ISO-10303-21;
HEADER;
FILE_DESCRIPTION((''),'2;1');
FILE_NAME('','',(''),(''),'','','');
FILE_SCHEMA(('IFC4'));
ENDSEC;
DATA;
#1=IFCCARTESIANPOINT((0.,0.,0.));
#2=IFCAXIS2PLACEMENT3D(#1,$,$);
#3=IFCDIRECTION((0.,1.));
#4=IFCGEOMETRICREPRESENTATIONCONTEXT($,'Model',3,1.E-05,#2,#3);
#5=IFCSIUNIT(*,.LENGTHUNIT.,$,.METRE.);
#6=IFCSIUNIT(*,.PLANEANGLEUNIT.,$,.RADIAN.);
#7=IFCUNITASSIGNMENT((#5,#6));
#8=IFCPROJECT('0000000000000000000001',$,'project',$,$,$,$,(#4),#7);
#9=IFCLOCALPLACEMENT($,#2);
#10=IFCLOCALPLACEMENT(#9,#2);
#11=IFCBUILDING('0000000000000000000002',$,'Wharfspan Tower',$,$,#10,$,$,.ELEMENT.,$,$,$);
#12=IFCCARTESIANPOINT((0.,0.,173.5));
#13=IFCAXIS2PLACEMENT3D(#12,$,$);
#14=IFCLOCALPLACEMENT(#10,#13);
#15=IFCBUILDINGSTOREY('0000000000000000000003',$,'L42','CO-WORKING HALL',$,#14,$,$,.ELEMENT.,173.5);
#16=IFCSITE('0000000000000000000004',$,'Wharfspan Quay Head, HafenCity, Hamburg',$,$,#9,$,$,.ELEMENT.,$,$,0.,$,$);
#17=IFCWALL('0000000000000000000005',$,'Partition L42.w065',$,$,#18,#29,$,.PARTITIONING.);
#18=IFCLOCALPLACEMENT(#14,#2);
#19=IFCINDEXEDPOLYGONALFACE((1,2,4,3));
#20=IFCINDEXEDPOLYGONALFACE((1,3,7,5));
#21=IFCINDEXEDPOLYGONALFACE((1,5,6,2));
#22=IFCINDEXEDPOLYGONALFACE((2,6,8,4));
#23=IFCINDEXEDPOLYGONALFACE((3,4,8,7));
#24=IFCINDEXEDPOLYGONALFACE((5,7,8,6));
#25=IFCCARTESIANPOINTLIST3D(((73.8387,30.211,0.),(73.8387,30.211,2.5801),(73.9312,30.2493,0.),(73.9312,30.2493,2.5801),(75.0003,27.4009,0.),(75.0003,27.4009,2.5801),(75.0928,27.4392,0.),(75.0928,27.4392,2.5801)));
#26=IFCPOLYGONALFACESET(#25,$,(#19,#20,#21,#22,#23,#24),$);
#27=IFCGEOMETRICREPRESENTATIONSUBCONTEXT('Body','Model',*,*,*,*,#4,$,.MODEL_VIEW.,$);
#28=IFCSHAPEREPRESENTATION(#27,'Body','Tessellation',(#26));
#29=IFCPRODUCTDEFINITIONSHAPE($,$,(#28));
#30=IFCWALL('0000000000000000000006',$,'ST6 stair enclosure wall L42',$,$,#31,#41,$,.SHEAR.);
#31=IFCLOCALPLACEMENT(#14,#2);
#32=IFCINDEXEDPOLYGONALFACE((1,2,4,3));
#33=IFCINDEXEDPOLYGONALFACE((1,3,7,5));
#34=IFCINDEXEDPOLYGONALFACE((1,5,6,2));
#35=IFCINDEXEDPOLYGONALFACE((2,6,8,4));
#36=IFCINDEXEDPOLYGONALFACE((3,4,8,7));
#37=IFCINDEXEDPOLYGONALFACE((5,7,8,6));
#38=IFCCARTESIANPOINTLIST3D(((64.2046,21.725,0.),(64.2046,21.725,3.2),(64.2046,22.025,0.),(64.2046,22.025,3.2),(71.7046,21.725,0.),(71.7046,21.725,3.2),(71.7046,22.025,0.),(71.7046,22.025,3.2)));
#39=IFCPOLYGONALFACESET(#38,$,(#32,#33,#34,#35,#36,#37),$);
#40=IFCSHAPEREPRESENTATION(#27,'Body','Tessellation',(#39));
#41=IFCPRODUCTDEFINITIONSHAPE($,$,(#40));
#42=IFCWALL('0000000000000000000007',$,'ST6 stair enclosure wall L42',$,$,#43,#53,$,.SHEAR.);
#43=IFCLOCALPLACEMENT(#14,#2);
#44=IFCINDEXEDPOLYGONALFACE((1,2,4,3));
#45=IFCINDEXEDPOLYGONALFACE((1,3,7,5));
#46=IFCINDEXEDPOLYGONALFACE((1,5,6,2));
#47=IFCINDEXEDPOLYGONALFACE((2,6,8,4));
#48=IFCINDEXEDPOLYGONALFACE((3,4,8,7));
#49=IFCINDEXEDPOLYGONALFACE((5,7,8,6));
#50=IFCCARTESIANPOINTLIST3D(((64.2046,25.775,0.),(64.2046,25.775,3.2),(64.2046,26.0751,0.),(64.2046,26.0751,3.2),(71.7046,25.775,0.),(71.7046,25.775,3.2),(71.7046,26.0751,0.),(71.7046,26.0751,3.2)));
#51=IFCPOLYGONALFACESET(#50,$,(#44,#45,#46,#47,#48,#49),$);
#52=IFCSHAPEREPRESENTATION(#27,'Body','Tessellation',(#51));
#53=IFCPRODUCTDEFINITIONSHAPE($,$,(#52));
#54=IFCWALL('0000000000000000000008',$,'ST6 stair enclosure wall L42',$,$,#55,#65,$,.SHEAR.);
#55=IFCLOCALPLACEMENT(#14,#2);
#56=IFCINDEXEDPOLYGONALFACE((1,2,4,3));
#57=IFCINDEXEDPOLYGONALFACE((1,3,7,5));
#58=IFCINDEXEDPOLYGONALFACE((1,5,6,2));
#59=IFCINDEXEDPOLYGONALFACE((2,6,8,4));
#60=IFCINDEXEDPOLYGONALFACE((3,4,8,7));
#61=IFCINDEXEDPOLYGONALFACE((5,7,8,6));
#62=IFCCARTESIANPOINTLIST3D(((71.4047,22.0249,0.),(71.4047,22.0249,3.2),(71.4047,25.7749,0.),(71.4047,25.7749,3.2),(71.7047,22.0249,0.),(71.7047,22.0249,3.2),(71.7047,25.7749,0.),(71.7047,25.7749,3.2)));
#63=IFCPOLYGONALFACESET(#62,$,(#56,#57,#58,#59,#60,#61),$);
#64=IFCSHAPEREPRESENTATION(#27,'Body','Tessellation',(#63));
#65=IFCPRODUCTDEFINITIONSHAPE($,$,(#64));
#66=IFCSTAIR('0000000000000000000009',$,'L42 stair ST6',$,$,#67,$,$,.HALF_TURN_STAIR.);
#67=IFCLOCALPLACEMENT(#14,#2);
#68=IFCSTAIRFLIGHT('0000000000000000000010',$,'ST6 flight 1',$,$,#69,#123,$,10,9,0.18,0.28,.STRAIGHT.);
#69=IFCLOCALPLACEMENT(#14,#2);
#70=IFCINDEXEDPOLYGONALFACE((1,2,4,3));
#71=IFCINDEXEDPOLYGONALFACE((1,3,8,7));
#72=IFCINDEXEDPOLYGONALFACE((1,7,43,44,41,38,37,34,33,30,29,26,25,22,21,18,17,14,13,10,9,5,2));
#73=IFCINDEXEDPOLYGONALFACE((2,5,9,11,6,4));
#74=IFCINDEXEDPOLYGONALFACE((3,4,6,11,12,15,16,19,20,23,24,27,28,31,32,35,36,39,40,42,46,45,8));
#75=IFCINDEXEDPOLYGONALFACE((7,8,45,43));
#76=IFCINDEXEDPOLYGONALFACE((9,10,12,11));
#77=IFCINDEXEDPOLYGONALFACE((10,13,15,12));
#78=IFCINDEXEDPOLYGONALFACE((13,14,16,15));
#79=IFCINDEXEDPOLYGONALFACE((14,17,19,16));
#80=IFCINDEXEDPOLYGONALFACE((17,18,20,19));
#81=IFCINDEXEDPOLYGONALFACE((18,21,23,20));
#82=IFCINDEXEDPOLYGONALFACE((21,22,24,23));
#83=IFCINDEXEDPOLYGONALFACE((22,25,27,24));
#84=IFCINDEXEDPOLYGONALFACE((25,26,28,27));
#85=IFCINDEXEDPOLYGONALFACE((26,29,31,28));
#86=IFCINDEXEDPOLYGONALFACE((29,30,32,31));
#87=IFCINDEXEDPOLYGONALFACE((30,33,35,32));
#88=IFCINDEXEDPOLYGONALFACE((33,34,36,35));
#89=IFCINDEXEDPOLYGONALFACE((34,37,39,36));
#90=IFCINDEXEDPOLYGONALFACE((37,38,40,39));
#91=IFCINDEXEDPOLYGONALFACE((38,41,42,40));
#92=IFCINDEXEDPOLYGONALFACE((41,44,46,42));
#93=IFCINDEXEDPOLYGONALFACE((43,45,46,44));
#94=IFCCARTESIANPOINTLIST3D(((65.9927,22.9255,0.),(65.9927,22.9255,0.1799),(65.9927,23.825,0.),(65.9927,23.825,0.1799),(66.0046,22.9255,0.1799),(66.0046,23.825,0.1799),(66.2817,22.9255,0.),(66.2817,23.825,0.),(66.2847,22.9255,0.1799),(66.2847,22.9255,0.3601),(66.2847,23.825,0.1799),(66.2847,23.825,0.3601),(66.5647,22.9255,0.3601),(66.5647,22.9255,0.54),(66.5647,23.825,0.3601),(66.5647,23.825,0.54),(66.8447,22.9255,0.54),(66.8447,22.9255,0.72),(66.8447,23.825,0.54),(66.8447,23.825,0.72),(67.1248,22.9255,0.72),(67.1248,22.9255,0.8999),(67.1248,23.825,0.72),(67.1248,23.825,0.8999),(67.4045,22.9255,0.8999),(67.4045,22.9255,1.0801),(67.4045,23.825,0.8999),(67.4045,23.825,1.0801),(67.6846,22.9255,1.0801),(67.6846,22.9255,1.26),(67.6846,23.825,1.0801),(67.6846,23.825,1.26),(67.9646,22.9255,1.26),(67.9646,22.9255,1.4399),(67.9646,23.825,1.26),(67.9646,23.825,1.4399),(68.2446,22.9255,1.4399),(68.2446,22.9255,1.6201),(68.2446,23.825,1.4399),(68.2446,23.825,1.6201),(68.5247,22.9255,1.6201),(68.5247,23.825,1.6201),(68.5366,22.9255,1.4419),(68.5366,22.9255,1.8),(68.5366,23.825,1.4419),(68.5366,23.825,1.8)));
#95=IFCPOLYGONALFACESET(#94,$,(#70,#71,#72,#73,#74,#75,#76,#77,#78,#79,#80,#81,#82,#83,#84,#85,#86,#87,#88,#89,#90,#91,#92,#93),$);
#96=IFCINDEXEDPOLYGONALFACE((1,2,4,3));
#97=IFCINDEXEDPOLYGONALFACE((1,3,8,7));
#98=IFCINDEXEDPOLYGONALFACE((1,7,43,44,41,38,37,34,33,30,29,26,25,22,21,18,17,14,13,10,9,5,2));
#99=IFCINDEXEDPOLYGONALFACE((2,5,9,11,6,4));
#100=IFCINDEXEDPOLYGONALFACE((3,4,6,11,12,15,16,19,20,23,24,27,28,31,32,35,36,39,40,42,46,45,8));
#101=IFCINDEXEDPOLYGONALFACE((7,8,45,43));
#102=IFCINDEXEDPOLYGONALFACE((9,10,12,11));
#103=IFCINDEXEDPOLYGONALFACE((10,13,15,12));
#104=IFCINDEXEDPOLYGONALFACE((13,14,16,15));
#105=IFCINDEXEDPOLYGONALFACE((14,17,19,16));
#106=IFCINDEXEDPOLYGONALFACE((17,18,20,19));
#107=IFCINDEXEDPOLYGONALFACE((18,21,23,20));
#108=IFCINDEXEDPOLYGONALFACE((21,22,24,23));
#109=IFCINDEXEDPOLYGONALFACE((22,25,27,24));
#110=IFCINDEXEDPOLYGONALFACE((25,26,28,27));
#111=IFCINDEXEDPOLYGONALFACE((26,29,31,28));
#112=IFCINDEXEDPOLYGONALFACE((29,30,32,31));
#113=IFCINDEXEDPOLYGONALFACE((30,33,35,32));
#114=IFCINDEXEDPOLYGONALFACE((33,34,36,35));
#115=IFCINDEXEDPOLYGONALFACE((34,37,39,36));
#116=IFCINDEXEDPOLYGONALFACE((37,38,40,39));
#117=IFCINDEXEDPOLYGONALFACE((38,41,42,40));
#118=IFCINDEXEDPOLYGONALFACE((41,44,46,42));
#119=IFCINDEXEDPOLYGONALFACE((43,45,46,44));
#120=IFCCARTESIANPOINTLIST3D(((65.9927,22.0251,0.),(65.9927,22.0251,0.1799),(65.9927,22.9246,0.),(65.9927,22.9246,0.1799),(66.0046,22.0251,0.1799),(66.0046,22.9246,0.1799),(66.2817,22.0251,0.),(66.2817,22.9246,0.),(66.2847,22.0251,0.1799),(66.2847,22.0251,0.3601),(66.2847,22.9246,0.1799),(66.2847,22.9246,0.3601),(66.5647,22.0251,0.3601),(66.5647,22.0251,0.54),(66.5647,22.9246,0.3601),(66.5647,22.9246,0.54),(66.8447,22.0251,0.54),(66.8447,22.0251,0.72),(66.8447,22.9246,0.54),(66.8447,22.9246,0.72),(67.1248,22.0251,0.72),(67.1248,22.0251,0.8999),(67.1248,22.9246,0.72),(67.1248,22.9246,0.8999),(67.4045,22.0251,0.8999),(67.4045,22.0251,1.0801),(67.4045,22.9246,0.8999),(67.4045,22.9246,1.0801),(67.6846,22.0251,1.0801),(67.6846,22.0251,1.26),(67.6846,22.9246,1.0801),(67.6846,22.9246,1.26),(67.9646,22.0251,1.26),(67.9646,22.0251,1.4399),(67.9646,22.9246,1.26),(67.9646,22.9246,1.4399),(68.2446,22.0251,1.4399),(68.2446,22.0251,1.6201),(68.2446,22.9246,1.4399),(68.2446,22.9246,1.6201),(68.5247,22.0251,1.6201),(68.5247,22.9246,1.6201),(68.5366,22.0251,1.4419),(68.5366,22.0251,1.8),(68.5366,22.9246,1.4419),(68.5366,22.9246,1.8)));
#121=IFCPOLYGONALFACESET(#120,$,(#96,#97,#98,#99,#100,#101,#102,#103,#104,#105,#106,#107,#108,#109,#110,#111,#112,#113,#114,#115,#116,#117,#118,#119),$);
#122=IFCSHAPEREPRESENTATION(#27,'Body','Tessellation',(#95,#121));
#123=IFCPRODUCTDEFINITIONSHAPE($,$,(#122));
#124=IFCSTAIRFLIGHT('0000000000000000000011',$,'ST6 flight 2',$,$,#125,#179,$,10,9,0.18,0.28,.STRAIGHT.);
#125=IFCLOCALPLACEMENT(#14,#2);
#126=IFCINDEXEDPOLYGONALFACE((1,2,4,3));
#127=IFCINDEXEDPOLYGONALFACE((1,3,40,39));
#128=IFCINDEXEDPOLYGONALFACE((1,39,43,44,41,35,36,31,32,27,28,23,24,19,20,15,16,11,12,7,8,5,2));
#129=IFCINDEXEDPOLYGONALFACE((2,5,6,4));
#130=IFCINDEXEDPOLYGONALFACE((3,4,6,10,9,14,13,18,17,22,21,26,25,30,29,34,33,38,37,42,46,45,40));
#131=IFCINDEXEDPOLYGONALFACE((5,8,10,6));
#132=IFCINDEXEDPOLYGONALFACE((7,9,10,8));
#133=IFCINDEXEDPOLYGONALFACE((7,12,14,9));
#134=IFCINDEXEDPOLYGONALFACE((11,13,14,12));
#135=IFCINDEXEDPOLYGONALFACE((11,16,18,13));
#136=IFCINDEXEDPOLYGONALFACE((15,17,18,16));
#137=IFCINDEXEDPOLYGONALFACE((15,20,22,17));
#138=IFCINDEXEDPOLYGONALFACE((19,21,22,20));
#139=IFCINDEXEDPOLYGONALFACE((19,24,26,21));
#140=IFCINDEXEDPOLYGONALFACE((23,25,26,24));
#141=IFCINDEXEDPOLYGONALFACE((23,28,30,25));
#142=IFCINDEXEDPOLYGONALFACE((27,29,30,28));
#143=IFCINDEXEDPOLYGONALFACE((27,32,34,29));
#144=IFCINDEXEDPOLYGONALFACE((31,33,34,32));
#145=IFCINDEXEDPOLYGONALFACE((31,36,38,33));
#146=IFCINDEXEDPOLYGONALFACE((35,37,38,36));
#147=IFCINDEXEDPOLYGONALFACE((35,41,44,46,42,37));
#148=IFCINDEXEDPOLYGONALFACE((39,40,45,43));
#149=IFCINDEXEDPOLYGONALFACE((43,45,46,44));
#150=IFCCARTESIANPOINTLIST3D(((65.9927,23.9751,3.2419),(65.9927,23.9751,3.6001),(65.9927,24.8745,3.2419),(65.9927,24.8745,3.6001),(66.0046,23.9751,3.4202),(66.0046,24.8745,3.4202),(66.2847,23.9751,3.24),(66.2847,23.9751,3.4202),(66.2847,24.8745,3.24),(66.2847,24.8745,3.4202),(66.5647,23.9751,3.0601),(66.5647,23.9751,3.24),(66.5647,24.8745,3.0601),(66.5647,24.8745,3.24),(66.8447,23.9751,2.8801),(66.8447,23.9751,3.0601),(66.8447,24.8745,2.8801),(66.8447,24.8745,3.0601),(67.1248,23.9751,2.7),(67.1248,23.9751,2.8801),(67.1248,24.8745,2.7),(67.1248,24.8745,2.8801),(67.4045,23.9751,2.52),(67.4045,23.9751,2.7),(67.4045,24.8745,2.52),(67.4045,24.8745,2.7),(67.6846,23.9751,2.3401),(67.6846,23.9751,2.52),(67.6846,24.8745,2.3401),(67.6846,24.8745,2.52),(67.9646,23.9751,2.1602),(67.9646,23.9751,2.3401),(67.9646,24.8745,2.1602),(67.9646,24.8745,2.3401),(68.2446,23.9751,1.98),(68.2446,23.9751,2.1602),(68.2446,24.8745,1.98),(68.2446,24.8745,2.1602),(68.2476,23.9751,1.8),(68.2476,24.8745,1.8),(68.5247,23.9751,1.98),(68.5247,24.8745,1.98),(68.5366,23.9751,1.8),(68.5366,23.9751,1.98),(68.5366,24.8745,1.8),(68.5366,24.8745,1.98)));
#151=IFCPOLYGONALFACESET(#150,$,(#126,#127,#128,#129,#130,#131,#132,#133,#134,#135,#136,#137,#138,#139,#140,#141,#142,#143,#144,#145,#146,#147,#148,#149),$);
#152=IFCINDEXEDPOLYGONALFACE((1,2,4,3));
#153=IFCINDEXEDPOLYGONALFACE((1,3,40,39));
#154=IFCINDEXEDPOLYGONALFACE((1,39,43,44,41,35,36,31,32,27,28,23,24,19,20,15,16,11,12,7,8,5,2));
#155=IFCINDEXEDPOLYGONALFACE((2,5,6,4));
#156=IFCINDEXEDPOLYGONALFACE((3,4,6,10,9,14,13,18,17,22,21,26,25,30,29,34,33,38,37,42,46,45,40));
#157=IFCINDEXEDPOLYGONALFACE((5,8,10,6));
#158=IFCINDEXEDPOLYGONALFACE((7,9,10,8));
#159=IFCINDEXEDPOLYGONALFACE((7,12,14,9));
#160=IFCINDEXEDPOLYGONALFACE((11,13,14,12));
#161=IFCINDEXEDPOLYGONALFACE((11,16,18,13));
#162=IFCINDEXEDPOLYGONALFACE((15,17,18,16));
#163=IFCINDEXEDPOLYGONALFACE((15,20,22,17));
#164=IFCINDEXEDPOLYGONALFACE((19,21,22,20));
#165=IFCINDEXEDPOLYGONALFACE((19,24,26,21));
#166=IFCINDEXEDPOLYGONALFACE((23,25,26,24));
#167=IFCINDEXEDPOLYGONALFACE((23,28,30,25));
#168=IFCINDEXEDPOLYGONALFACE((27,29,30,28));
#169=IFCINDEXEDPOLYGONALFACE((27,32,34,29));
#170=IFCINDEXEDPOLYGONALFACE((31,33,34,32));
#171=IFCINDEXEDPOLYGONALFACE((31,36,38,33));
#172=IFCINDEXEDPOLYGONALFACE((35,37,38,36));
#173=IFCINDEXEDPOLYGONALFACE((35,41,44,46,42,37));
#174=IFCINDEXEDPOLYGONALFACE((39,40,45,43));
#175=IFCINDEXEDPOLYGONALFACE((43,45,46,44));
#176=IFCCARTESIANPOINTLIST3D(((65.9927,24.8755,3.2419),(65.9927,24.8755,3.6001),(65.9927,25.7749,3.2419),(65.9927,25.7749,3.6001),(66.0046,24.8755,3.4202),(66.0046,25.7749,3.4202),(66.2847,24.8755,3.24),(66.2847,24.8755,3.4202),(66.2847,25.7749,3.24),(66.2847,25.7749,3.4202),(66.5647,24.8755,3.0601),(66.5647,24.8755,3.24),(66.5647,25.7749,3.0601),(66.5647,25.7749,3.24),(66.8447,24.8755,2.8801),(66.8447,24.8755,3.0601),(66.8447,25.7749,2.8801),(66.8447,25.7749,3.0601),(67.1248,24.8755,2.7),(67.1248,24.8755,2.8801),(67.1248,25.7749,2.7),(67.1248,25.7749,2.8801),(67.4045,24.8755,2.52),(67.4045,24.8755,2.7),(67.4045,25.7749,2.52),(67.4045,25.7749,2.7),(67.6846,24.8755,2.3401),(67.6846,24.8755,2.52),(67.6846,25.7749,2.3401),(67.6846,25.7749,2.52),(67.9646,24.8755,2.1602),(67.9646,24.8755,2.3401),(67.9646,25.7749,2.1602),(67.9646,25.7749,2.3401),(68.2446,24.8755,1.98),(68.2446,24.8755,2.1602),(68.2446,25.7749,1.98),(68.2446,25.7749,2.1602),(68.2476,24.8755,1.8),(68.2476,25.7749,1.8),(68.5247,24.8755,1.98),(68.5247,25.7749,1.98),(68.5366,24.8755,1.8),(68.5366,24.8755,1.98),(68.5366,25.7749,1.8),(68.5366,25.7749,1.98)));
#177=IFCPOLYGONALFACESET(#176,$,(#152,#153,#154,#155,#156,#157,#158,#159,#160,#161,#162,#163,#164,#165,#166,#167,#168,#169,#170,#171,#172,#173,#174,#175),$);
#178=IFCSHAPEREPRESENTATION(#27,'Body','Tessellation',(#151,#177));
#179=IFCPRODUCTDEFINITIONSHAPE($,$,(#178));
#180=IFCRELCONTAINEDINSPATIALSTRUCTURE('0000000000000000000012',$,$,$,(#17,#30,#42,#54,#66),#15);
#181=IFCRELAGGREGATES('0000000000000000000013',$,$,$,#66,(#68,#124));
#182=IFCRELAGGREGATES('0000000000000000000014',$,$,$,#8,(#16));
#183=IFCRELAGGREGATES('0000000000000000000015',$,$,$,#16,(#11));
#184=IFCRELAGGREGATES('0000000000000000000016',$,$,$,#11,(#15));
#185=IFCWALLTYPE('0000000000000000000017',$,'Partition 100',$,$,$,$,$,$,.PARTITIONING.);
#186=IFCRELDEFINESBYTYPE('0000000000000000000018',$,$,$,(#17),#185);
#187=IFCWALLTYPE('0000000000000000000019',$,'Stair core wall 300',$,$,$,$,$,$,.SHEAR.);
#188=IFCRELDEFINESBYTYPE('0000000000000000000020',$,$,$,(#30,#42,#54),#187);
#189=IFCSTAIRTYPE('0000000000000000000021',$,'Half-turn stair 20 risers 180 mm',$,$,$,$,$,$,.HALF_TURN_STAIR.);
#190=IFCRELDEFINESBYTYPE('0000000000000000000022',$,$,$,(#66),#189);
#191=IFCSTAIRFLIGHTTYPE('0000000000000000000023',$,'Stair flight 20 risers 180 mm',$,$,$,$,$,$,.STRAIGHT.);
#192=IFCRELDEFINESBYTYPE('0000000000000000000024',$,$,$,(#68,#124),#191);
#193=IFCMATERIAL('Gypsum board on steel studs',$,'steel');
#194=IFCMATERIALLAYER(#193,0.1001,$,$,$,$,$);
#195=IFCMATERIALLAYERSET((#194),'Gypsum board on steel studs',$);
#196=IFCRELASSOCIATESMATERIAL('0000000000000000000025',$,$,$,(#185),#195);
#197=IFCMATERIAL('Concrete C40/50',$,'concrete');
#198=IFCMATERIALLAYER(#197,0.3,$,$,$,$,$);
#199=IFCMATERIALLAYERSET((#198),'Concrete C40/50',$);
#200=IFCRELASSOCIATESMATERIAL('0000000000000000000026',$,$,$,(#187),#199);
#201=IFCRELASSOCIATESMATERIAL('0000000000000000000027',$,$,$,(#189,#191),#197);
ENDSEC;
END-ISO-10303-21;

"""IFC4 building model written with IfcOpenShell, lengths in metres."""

from ifc_helpers import new_model, si_unit, direction, frame, frame_2d, origin, place, context, subcontext, project, spatial, polyline, rectangle, outline, extrude, material, layer, layer_set, type_object, element, aggregate, save


model = new_model("IFC4")

# Units and contexts
model_context = context("Model", 3, precision=1e-05, world=origin(), true_north=direction((0.0, 1.0)))
body_context = subcontext(model_context, "Body", "Model", "MODEL_VIEW")
ifc_project = project(units=[si_unit("LENGTHUNIT", "METRE"), si_unit("PLANEANGLEUNIT", "RADIAN")], contexts=[model_context])

# Site, building, storey
site_placement = place(None, origin())
site = spatial("IfcSite", under=ifc_project, at=site_placement, Name="Wharfspan Quay Head, HafenCity, Hamburg", CompositionType="ELEMENT", RefElevation=0.0)
building_placement = place(site_placement, origin())
building = spatial("IfcBuilding", under=site, at=building_placement, Name="Wharfspan Tower", CompositionType="ELEMENT")
storey_placement = place(building_placement, frame((0.0, 0.0, 173.5)))
storey = spatial("IfcBuildingStorey", under=building, at=storey_placement, Name="L42", Description="CO-WORKING HALL", CompositionType="ELEMENT", Elevation=173.5)

# Shared definitions
ifc_material_1 = material(Name="Gypsum board on steel studs", Category="steel")

# Walls
ifc_layer_1 = layer(ifc_material_1, 0.1001)
ifc_layer_set_1 = layer_set([ifc_layer_1], Name="Gypsum board on steel studs")
wall_type_1 = type_object("IfcWallType", Name="Partition 100", PredefinedType="PARTITIONING", material=ifc_layer_set_1)
wall_1_placement = place(storey_placement, frame((75.0466, 27.4199, 0.0), z_axis=(0.0, 0.0, 1.0), x_axis=(-0.382024, 0.924148, 0.0)))
element("IfcWall", 1, at=wall_1_placement, inside=storey, type_object=wall_type_1, Name="Partition L42.w065", PredefinedType="PARTITIONING", context=body_context, shape_type="SweptSolid", body=[
    extrude(rectangle(XDim=3.0408, YDim=0.1001, at=frame_2d((1.5205, 0.0))), origin(), (0.0, 0.0, 1.0), 2.5801),
])
ifc_material_2 = material(Name="Concrete C40/50", Category="concrete")
ifc_layer_2 = layer(ifc_material_2, 0.3)
ifc_layer_set_2 = layer_set([ifc_layer_2], Name="Concrete C40/50")
wall_type_2 = type_object("IfcWallType", Name="Stair core wall 300", PredefinedType="SHEAR", material=ifc_layer_set_2)
for number, where, z_axis, x_axis, name in (
    (2, (64.2046, 21.875, 0.0), (0.0, 0.0, 1.0), (1.0, 0.0, 0.0), "ST6 stair enclosure wall L42"),
    (3, (64.2046, 25.925, 0.0), (0.0, 0.0, 1.0), (1.0, 0.0, 0.0), "ST6 stair enclosure wall L42"),
):
    element("IfcWall", number, at=place(storey_placement, frame(where, z_axis=z_axis, x_axis=x_axis)), inside=storey, type_object=wall_type_2, Name=name, PredefinedType="SHEAR", context=body_context, shape_type="SweptSolid", body=[
        extrude(rectangle(XDim=7.5, YDim=0.3, at=frame_2d((3.75, 0.0))), origin(), (0.0, 0.0, 1.0), 3.2),
    ])
wall_2_placement = place(storey_placement, frame((71.5547, 22.0249, 0.0), z_axis=(0.0, 0.0, 1.0), x_axis=(0.0, 1.0, 0.0)))
element("IfcWall", 4, at=wall_2_placement, inside=storey, type_object=wall_type_2, Name="ST6 stair enclosure wall L42", PredefinedType="SHEAR", context=body_context, shape_type="SweptSolid", body=[
    extrude(rectangle(XDim=3.75, YDim=0.3, at=frame_2d((1.875, 0.0))), origin(), (0.0, 0.0, 1.0), 3.2),
])

# Stair, stair flights
stair_type = type_object("IfcStairType", Name="Half-turn stair 20 risers 180 mm", PredefinedType="HALF_TURN_STAIR", material=ifc_material_2)
stair_placement = place(storey_placement, origin())
stair = element("IfcStair", 5, at=stair_placement, inside=storey, type_object=stair_type, Name="L42 stair ST6", PredefinedType="HALF_TURN_STAIR")
stair_flight_type = type_object("IfcStairFlightType", Name="Stair flight 20 risers 180 mm", PredefinedType="STRAIGHT", material=ifc_material_2)
stair_flight_1_placement = place(storey_placement, frame((66.0046, 22.925, 0.0), z_axis=(0.0, 0.0, 1.0), x_axis=(1.0, 0.0, 0.0)))
stair_flight_1 = element("IfcStairFlight", 6, at=stair_flight_1_placement, type_object=stair_flight_type, Name="ST6 flight 1", NumberOfRisers=10, NumberOfTreads=9, PredefinedType="STRAIGHT", RiserHeight=0.18, TreadLength=0.28, context=body_context, shape_type="SweptSolid", body=[
    extrude(outline(polyline([(-0.012, 0.0), (-0.012, 0.1799), (0.0, 0.1799), (0.28, 0.1799), (0.28, 0.3601), (0.5601, 0.3601), (0.5601, 0.54), (0.8401, 0.54), (0.8401, 0.72), (1.1201, 0.72), (1.1201, 0.8999), (1.3999, 0.8999), (1.3999, 1.0801), (1.6799, 1.0801), (1.6799, 1.26), (1.96, 1.26), (1.96, 1.4399), (2.24, 1.4399), (2.24, 1.6201), (2.52, 1.6201), (2.532, 1.8), (2.532, 1.4419), (0.2771, 0.0), (-0.012, 0.0)])), frame((0.0, 0.8999, 0.0), z_axis=(0.0, -1.0, 0.0), x_axis=(1.0, 0.0, 0.0)), (0.0, 0.0, 1.0), 0.8994),
    extrude(outline(polyline([(-0.012, 0.0), (-0.012, 0.1799), (0.0, 0.1799), (0.28, 0.1799), (0.28, 0.3601), (0.5601, 0.3601), (0.5601, 0.54), (0.8401, 0.54), (0.8401, 0.72), (1.1201, 0.72), (1.1201, 0.8999), (1.3999, 0.8999), (1.3999, 1.0801), (1.6799, 1.0801), (1.6799, 1.26), (1.96, 1.26), (1.96, 1.4399), (2.24, 1.4399), (2.24, 1.6201), (2.52, 1.6201), (2.532, 1.8), (2.532, 1.4419), (0.2771, 0.0), (-0.012, 0.0)])), frame((0.0, -0.0005, 0.0), z_axis=(0.0, -1.0, 0.0), x_axis=(1.0, 0.0, 0.0)), (0.0, 0.0, 1.0), 0.8994),
])
stair_flight_2_placement = place(storey_placement, frame((68.5247, 24.875, 1.8), z_axis=(0.0, 0.0, 1.0), x_axis=(-1.0, 0.0, 0.0)))
stair_flight_2 = element("IfcStairFlight", 7, at=stair_flight_2_placement, type_object=stair_flight_type, Name="ST6 flight 2", NumberOfRisers=10, NumberOfTreads=9, PredefinedType="STRAIGHT", RiserHeight=0.18, TreadLength=0.28, context=body_context, shape_type="SweptSolid", body=[
    extrude(outline(polyline([(-0.012, 0.0), (-0.012, 0.1799), (0.0, 0.1799), (0.28, 0.1799), (0.28, 0.3601), (0.5601, 0.3601), (0.5601, 0.54), (0.8401, 0.54), (0.8401, 0.72), (1.1201, 0.72), (1.1201, 0.8999), (1.3999, 0.8999), (1.3999, 1.0801), (1.6799, 1.0801), (1.6799, 1.26), (1.96, 1.26), (1.96, 1.4399), (2.24, 1.4399), (2.24, 1.6201), (2.52, 1.6201), (2.532, 1.8), (2.532, 1.4419), (0.2771, 0.0), (-0.012, 0.0)])), frame((0.0, 0.8999, 0.0), z_axis=(0.0, -1.0, 0.0), x_axis=(1.0, 0.0, 0.0)), (0.0, 0.0, 1.0), 0.8994),
    extrude(outline(polyline([(-0.012, 0.0), (-0.012, 0.1799), (0.0, 0.1799), (0.28, 0.1799), (0.28, 0.3601), (0.5601, 0.3601), (0.5601, 0.54), (0.8401, 0.54), (0.8401, 0.72), (1.1201, 0.72), (1.1201, 0.8999), (1.3999, 0.8999), (1.3999, 1.0801), (1.6799, 1.0801), (1.6799, 1.26), (1.96, 1.26), (1.96, 1.4399), (2.24, 1.4399), (2.24, 1.6201), (2.52, 1.6201), (2.532, 1.8), (2.532, 1.4419), (0.2771, 0.0), (-0.012, 0.0)])), frame((0.0, -0.0005, 0.0), z_axis=(0.0, -1.0, 0.0), x_axis=(1.0, 0.0, 0.0)), (0.0, 0.0, 1.0), 0.8994),
])
aggregate(stair, [stair_flight_1, stair_flight_2])

save(model, "model.ifc")
